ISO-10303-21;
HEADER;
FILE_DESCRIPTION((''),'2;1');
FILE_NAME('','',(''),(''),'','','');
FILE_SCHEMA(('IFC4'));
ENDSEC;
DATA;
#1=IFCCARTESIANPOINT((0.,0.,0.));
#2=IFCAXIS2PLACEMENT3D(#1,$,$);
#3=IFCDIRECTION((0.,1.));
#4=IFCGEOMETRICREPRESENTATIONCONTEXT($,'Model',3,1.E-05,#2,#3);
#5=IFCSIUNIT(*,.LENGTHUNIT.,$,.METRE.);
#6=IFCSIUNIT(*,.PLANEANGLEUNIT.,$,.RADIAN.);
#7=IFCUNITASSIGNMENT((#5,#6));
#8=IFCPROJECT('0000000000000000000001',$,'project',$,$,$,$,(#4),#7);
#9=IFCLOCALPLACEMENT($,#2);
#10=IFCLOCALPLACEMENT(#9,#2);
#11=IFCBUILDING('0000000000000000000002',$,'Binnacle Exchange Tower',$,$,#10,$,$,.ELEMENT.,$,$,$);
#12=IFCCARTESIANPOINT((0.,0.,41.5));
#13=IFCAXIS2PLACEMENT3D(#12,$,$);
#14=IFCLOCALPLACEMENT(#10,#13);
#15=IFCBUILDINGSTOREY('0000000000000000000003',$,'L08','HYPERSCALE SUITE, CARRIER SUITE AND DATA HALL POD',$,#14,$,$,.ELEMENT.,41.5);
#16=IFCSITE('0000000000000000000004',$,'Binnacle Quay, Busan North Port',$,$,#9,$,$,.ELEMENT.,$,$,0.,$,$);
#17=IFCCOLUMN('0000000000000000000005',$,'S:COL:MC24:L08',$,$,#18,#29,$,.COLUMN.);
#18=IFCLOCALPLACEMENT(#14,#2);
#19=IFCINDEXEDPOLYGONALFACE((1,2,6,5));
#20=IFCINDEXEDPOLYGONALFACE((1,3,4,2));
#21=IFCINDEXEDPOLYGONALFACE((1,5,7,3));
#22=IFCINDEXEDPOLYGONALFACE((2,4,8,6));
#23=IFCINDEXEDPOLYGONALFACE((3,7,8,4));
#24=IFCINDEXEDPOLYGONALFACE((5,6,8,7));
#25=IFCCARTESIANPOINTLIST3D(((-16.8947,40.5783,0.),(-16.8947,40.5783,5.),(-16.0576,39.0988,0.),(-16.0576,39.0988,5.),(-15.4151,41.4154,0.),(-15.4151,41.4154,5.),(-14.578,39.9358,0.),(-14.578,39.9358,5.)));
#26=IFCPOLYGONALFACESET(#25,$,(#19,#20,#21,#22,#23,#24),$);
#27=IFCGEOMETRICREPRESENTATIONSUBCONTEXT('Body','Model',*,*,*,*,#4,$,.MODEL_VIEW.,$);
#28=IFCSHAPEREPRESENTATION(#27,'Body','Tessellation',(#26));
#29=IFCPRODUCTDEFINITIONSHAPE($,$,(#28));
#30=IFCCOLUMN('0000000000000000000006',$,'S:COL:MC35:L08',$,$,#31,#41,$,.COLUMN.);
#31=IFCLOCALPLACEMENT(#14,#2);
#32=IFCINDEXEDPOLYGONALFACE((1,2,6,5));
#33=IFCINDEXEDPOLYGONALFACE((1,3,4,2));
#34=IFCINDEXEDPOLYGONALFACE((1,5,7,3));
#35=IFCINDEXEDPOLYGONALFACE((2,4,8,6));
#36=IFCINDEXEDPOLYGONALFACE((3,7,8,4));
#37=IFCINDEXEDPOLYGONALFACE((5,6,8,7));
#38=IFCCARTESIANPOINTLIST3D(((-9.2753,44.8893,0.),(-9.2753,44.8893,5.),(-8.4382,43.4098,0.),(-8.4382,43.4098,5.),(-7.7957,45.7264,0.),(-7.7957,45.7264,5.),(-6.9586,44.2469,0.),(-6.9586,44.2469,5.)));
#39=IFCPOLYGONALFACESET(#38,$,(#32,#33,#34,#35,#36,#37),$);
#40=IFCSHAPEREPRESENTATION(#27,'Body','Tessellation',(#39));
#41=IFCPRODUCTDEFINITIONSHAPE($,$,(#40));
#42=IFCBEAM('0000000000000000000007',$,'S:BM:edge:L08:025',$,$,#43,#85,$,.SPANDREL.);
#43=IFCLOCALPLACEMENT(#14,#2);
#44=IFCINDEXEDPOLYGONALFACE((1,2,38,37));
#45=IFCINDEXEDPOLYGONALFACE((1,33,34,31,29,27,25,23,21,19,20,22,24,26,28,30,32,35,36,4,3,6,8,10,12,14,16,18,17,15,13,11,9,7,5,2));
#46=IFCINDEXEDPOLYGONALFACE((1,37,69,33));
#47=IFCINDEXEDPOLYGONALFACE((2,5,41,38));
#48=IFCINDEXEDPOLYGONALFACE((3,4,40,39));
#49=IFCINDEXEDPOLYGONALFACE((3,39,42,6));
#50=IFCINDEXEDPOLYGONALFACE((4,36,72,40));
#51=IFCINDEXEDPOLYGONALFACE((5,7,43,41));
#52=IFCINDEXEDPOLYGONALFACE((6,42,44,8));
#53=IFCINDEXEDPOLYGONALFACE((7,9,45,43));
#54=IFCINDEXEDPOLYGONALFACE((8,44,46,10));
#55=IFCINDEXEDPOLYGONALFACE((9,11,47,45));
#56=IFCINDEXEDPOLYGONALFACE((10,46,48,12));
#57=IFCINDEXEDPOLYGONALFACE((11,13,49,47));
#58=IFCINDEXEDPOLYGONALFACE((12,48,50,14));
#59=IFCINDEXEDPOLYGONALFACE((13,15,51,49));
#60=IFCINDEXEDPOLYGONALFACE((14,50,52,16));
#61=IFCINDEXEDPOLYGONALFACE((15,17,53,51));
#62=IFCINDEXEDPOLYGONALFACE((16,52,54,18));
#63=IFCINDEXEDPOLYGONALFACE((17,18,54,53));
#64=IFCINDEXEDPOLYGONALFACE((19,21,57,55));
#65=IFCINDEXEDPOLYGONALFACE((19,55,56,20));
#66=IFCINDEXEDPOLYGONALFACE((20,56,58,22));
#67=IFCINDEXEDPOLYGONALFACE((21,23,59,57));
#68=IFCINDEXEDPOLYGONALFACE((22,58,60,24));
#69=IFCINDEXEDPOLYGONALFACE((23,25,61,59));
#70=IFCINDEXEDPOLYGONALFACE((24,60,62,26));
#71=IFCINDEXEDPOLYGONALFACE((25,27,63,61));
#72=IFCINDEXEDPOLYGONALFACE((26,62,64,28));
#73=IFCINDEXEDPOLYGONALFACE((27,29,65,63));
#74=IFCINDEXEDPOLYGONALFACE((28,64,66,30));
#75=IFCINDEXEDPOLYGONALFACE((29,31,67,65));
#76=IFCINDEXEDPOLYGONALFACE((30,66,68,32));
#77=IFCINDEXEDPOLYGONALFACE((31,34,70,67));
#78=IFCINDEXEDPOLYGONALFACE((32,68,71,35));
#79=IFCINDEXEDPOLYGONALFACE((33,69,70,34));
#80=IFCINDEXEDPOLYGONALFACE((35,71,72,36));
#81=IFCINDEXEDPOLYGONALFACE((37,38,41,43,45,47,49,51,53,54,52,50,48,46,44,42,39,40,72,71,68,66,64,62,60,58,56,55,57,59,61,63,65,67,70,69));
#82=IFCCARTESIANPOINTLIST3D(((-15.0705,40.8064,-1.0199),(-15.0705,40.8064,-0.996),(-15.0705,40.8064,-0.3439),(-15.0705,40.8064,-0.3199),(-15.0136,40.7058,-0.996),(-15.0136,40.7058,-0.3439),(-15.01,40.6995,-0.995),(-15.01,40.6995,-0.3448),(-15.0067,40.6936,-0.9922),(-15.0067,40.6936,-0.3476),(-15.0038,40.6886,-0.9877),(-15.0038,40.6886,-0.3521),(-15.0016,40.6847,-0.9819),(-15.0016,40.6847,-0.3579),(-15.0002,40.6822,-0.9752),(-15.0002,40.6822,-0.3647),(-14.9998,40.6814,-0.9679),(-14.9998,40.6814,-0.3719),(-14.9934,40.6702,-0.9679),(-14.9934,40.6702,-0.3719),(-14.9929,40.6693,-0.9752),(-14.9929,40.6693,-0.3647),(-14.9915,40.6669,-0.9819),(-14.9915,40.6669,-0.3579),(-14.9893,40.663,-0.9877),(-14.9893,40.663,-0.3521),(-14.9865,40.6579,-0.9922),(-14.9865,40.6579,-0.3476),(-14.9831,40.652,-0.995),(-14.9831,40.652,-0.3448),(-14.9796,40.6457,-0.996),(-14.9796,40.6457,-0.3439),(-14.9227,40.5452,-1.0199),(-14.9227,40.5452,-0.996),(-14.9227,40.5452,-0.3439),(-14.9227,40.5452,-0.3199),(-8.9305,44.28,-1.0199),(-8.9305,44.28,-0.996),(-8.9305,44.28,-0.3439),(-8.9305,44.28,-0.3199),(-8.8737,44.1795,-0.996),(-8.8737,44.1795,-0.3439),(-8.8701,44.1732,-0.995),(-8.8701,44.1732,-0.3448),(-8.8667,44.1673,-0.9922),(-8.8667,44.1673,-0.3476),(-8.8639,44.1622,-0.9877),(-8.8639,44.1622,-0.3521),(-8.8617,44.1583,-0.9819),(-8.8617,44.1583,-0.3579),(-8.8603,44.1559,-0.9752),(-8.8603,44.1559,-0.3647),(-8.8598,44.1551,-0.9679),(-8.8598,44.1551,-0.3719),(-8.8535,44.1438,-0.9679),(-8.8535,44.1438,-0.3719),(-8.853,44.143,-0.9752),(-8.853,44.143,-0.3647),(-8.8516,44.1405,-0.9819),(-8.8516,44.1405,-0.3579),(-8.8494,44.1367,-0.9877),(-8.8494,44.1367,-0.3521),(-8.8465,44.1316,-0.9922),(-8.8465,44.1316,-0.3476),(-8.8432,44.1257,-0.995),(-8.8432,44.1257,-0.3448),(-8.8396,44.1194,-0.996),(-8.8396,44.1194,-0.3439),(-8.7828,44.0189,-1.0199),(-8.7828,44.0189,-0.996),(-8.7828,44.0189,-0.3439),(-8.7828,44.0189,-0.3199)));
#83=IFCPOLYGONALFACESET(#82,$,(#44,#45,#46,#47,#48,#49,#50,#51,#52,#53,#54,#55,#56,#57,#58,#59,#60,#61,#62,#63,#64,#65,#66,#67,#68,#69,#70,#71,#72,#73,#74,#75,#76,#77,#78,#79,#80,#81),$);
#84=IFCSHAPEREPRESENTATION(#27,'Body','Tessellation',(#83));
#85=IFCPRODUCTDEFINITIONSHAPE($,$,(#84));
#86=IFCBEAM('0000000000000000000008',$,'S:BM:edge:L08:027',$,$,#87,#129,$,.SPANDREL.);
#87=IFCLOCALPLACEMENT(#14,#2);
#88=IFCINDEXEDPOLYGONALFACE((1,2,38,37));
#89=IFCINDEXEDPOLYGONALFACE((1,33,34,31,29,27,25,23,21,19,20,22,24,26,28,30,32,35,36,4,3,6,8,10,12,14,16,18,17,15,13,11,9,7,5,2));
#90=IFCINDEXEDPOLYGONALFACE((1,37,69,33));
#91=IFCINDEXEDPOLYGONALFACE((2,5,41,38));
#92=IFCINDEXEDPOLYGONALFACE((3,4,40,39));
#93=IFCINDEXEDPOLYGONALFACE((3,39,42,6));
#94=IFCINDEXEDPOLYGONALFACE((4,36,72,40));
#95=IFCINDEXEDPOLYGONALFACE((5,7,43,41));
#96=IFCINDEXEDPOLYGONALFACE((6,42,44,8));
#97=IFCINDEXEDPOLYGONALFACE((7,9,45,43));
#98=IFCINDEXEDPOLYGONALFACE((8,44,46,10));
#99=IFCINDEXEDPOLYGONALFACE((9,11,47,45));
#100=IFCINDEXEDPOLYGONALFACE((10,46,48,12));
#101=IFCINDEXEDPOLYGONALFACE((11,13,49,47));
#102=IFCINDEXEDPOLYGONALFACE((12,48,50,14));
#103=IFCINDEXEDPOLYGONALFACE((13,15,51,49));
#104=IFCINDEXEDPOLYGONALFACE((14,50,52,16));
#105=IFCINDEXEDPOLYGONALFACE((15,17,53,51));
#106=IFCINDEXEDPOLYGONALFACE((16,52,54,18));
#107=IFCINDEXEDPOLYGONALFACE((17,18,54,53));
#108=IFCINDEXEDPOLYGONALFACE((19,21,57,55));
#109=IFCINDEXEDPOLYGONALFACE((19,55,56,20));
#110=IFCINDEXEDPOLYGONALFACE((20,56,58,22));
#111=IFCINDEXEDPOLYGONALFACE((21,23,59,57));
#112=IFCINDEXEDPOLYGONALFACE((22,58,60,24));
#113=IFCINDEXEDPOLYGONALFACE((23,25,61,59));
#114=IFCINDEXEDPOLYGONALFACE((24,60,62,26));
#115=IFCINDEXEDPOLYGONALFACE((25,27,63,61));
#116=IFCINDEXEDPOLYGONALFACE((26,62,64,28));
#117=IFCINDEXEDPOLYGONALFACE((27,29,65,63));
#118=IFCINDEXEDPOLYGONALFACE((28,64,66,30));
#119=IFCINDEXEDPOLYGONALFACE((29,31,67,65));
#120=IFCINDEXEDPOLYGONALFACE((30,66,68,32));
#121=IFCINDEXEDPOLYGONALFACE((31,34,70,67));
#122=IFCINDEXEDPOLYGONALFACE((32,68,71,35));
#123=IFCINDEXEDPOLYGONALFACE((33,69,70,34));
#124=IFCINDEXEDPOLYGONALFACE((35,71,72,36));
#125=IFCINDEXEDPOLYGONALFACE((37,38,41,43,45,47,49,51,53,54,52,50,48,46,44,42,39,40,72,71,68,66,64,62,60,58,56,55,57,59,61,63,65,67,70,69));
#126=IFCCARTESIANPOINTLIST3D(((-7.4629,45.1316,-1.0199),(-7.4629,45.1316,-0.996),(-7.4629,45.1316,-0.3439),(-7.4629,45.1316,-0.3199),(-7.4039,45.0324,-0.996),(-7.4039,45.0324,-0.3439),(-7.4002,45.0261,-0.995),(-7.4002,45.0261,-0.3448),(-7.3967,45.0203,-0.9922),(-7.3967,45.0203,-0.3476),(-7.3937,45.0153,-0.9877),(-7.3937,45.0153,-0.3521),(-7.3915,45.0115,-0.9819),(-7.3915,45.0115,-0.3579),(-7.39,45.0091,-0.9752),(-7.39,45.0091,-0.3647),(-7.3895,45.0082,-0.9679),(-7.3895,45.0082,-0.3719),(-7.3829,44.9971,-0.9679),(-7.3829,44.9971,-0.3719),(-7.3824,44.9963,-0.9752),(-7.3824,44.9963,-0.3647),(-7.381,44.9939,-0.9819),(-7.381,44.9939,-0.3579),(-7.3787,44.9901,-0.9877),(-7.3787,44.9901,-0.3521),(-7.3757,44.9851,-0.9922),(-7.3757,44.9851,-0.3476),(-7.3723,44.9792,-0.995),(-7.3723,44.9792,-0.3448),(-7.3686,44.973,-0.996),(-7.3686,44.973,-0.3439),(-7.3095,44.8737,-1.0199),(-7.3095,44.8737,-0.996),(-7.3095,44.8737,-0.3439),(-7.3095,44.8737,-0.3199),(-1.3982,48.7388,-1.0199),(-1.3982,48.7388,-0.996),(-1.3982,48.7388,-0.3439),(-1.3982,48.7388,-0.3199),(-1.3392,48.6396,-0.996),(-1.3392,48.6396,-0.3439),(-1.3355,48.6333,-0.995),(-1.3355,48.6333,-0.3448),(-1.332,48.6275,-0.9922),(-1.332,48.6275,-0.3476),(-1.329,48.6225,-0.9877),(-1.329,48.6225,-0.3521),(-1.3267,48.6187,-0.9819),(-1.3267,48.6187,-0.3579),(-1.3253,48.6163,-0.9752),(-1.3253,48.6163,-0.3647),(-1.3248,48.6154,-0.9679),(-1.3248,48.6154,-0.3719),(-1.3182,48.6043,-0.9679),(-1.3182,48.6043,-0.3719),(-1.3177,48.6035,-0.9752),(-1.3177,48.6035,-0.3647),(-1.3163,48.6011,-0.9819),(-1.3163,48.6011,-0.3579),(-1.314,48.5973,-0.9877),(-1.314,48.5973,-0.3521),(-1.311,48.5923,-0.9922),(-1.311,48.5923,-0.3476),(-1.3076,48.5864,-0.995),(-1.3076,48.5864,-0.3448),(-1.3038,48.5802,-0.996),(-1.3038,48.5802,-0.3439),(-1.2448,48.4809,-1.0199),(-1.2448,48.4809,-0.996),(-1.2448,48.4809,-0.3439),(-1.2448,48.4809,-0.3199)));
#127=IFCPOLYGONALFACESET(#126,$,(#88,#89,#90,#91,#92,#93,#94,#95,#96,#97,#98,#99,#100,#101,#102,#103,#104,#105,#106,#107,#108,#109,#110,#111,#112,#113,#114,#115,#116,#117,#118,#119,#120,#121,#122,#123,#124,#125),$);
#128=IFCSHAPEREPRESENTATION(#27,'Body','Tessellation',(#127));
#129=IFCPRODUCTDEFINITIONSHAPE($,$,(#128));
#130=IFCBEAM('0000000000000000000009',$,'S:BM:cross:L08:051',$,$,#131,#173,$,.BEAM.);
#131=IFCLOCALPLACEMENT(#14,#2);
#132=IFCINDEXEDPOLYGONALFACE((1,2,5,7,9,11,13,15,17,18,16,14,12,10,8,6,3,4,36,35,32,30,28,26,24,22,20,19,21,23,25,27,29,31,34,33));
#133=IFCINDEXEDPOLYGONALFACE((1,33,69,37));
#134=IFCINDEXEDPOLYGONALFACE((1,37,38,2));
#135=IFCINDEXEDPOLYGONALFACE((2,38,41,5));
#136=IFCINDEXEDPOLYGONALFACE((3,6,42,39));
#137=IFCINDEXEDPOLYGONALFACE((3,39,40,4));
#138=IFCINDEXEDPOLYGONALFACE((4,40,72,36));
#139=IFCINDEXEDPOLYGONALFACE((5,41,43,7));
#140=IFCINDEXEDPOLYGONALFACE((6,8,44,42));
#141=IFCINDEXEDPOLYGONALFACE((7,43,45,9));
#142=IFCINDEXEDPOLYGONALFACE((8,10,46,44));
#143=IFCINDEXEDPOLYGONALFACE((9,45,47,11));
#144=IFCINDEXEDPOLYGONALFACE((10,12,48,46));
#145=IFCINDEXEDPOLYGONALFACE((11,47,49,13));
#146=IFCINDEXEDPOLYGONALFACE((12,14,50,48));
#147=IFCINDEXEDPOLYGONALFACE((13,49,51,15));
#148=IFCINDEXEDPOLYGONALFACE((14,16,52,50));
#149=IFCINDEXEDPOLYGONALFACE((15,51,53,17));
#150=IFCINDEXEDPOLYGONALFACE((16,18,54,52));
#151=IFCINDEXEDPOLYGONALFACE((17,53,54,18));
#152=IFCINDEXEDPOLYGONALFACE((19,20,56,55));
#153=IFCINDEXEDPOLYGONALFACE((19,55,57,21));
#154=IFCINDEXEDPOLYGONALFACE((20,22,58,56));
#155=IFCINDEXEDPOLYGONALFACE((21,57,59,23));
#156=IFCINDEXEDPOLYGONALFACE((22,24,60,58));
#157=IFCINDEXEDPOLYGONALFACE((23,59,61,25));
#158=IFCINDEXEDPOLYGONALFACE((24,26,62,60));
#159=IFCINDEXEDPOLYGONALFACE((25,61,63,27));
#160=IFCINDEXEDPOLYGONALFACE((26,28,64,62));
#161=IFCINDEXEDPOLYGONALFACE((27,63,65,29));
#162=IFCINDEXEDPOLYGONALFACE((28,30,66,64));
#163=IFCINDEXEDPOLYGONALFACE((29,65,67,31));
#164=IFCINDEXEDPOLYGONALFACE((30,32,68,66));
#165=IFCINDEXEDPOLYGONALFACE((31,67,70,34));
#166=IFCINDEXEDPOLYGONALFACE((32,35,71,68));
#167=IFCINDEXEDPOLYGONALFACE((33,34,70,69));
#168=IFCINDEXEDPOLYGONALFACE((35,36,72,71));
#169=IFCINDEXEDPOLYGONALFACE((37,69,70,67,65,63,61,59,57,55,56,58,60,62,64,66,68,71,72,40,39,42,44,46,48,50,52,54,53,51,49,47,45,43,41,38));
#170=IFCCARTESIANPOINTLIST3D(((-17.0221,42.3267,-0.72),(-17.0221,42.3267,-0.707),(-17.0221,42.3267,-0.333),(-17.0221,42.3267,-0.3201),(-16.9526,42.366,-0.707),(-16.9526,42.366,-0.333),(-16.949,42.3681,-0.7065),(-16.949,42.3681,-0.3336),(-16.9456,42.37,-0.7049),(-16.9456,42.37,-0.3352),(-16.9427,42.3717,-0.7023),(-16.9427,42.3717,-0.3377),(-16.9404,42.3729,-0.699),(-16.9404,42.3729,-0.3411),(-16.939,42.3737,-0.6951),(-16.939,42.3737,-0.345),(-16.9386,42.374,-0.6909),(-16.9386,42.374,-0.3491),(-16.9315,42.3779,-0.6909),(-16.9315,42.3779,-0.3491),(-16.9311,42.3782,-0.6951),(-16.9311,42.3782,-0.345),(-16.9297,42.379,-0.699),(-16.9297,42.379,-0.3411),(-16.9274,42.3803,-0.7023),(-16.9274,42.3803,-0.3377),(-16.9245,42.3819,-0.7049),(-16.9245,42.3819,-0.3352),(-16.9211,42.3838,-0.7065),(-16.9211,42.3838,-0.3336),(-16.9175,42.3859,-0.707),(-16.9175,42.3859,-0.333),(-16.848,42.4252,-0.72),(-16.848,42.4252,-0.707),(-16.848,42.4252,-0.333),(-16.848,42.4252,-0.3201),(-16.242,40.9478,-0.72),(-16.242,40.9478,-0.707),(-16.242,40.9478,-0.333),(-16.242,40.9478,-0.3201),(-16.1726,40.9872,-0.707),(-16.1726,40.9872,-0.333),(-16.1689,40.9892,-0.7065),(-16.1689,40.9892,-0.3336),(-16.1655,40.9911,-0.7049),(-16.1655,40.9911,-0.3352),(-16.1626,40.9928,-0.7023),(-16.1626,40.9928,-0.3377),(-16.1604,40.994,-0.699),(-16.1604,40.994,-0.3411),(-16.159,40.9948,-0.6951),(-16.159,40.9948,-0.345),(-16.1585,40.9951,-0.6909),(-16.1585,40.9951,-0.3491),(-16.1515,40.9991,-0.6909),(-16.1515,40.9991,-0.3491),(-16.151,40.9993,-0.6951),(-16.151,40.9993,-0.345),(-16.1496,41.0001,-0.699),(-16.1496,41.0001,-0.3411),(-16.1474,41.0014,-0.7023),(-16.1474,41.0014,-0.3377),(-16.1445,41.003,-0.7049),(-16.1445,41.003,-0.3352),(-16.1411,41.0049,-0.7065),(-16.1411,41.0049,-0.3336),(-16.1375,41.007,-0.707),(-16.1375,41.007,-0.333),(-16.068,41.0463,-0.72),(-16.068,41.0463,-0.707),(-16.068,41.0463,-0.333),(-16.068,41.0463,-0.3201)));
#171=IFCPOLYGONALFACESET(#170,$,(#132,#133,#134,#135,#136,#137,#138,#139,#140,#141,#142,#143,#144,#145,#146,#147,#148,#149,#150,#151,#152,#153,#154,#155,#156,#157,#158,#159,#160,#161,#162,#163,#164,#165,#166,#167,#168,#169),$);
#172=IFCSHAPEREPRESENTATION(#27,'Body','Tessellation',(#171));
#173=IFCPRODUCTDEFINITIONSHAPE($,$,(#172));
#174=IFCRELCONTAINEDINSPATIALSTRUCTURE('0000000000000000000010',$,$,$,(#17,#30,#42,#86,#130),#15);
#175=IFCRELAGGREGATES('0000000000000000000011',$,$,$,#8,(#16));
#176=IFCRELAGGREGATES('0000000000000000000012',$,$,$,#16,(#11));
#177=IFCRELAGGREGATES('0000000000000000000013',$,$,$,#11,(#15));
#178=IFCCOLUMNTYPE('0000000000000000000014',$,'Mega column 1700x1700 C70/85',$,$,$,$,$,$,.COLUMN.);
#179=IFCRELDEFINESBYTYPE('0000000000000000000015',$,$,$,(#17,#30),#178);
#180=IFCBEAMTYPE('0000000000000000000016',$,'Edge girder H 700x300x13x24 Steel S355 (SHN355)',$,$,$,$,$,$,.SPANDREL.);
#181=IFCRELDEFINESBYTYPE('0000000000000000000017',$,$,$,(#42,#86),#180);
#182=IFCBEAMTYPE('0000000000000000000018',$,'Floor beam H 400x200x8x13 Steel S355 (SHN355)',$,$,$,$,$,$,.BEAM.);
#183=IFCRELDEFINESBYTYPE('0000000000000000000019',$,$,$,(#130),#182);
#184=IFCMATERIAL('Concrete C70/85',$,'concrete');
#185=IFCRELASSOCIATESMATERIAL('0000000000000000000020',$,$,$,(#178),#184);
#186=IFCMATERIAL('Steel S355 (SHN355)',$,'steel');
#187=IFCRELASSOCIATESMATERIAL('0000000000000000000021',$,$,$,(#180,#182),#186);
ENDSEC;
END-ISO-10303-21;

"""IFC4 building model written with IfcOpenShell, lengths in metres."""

from ifc_helpers import new_model, si_unit, direction, frame, origin, origin_2d, place, context, subcontext, project, spatial, rectangle, i_section, extrude, material, material_profile, profile_set, type_object, element, save


model = new_model("IFC4")

# Units and contexts
model_context = context("Model", 3, precision=1e-05, world=origin(), true_north=direction((0.0, 1.0)))
body_context = subcontext(model_context, "Body", "Model", "MODEL_VIEW")
ifc_project = project(units=[si_unit("LENGTHUNIT", "METRE"), si_unit("PLANEANGLEUNIT", "RADIAN")], contexts=[model_context])

# Site, building, storey
site_placement = place(None, origin())
site = spatial("IfcSite", under=ifc_project, at=site_placement, Name="Binnacle Quay, Busan North Port", CompositionType="ELEMENT", RefElevation=0.0)
building_placement = place(site_placement, origin())
building = spatial("IfcBuilding", under=site, at=building_placement, Name="Binnacle Exchange Tower", CompositionType="ELEMENT")
storey_placement = place(building_placement, frame((0.0, 0.0, 41.5)))
storey = spatial("IfcBuildingStorey", under=building, at=storey_placement, Name="L08", Description="HYPERSCALE SUITE, CARRIER SUITE AND DATA HALL POD", CompositionType="ELEMENT", Elevation=41.5)

# Columns
ifc_material_1 = material(Name="Concrete C70/85", Category="concrete")
ifc_material_profile_1 = material_profile(ifc_material_1, rectangle(XDim=1.7, YDim=1.7, at=origin_2d()), Name="Mega column 1700x1700 C70/85")
ifc_profile_set_1 = profile_set([ifc_material_profile_1], Name="Concrete C70/85")
column_type = type_object("IfcColumnType", Name="Mega column 1700x1700 C70/85", PredefinedType="COLUMN", material=ifc_profile_set_1)
for number, where, z_axis, x_axis, name in (
    (1, (-15.7363, 40.2571, 0.0), (0.0, 0.0, 1.0), (0.870356, 0.492424, 0.0), "S:COL:MC24:L08"),
    (2, (-8.1169, 44.5681, 0.0), (0.0, 0.0, 1.0), (0.870356, 0.492424, 0.0), "S:COL:MC35:L08"),
):
    element("IfcColumn", number, at=place(storey_placement, frame(where, z_axis=z_axis, x_axis=x_axis)), inside=storey, type_object=column_type, Name=name, PredefinedType="COLUMN", context=body_context, shape_type="SweptSolid", body=[
        extrude(rectangle(XDim=1.7, YDim=1.7, at=origin_2d()), origin(), (0.0, 0.0, 1.0), 5.0),
    ])

# Beams
ifc_material_2 = material(Name="Steel S355 (SHN355)", Category="steel")
ifc_material_profile_2 = material_profile(ifc_material_2, i_section(OverallWidth=0.3, OverallDepth=0.7, WebThickness=0.0129, FlangeThickness=0.0239, FilletRadius=0.0281, at=origin_2d()), Name="H 700x300x13x24")
ifc_profile_set_2 = profile_set([ifc_material_profile_2], Name="Steel S355 (SHN355)")
beam_type_1 = type_object("IfcBeamType", Name="Edge girder H 700x300x13x24 Steel S355 (SHN355)", PredefinedType="SPANDREL", material=ifc_profile_set_2)
beam_1_placement = place(storey_placement, frame((-14.9966, 40.6758, -0.6699), z_axis=(0.870365, 0.492407, 0.0), x_axis=(-0.492407, 0.870365, 0.0)))
element("IfcBeam", 3, at=beam_1_placement, inside=storey, type_object=beam_type_1, Name="S:BM:edge:L08:025", PredefinedType="SPANDREL", context=body_context, shape_type="SweptSolid", body=[
    extrude(i_section(OverallWidth=0.3, OverallDepth=0.7, WebThickness=0.0129, FlangeThickness=0.0239, FilletRadius=0.0281, at=origin_2d()), origin(), (0.0, 0.0, 1.0), 7.0544),
])
beam_2_placement = place(storey_placement, frame((-7.3862, 45.0027, -0.6699), z_axis=(0.859465, 0.511195, 0.0), x_axis=(-0.511195, 0.859465, 0.0)))
element("IfcBeam", 4, at=beam_2_placement, inside=storey, type_object=beam_type_1, Name="S:BM:edge:L08:027", PredefinedType="SPANDREL", context=body_context, shape_type="SweptSolid", body=[
    extrude(i_section(OverallWidth=0.3, OverallDepth=0.7, WebThickness=0.0129, FlangeThickness=0.0239, FilletRadius=0.0281, at=origin_2d()), origin(), (0.0, 0.0, 1.0), 7.0564),
])
ifc_material_profile_3 = material_profile(ifc_material_2, i_section(OverallWidth=0.2, OverallDepth=0.3999, WebThickness=0.0081, FlangeThickness=0.0129, FilletRadius=0.0161, at=origin_2d()), Name="H 400x200x8x13")
ifc_profile_set_3 = profile_set([ifc_material_profile_3], Name="Steel S355 (SHN355)")
beam_type_2 = type_object("IfcBeamType", Name="Floor beam H 400x200x8x13 Steel S355 (SHN355)", PredefinedType="BEAM", material=ifc_profile_set_3)
beam_3_placement = place(storey_placement, frame((-16.155, 40.9971, -0.52), z_axis=(-0.492367, 0.870388, 0.0), x_axis=(-0.870388, -0.492367, 0.0)))
element("IfcBeam", 5, at=beam_3_placement, inside=storey, type_object=beam_type_2, Name="S:BM:cross:L08:051", PredefinedType="BEAM", context=body_context, shape_type="SweptSolid", body=[
    extrude(i_section(OverallWidth=0.2, OverallDepth=0.3999, WebThickness=0.0081, FlangeThickness=0.0129, FilletRadius=0.0161, at=origin_2d()), origin(), (0.0, 0.0, 1.0), 1.5842),
])

save(model, "model.ifc")
